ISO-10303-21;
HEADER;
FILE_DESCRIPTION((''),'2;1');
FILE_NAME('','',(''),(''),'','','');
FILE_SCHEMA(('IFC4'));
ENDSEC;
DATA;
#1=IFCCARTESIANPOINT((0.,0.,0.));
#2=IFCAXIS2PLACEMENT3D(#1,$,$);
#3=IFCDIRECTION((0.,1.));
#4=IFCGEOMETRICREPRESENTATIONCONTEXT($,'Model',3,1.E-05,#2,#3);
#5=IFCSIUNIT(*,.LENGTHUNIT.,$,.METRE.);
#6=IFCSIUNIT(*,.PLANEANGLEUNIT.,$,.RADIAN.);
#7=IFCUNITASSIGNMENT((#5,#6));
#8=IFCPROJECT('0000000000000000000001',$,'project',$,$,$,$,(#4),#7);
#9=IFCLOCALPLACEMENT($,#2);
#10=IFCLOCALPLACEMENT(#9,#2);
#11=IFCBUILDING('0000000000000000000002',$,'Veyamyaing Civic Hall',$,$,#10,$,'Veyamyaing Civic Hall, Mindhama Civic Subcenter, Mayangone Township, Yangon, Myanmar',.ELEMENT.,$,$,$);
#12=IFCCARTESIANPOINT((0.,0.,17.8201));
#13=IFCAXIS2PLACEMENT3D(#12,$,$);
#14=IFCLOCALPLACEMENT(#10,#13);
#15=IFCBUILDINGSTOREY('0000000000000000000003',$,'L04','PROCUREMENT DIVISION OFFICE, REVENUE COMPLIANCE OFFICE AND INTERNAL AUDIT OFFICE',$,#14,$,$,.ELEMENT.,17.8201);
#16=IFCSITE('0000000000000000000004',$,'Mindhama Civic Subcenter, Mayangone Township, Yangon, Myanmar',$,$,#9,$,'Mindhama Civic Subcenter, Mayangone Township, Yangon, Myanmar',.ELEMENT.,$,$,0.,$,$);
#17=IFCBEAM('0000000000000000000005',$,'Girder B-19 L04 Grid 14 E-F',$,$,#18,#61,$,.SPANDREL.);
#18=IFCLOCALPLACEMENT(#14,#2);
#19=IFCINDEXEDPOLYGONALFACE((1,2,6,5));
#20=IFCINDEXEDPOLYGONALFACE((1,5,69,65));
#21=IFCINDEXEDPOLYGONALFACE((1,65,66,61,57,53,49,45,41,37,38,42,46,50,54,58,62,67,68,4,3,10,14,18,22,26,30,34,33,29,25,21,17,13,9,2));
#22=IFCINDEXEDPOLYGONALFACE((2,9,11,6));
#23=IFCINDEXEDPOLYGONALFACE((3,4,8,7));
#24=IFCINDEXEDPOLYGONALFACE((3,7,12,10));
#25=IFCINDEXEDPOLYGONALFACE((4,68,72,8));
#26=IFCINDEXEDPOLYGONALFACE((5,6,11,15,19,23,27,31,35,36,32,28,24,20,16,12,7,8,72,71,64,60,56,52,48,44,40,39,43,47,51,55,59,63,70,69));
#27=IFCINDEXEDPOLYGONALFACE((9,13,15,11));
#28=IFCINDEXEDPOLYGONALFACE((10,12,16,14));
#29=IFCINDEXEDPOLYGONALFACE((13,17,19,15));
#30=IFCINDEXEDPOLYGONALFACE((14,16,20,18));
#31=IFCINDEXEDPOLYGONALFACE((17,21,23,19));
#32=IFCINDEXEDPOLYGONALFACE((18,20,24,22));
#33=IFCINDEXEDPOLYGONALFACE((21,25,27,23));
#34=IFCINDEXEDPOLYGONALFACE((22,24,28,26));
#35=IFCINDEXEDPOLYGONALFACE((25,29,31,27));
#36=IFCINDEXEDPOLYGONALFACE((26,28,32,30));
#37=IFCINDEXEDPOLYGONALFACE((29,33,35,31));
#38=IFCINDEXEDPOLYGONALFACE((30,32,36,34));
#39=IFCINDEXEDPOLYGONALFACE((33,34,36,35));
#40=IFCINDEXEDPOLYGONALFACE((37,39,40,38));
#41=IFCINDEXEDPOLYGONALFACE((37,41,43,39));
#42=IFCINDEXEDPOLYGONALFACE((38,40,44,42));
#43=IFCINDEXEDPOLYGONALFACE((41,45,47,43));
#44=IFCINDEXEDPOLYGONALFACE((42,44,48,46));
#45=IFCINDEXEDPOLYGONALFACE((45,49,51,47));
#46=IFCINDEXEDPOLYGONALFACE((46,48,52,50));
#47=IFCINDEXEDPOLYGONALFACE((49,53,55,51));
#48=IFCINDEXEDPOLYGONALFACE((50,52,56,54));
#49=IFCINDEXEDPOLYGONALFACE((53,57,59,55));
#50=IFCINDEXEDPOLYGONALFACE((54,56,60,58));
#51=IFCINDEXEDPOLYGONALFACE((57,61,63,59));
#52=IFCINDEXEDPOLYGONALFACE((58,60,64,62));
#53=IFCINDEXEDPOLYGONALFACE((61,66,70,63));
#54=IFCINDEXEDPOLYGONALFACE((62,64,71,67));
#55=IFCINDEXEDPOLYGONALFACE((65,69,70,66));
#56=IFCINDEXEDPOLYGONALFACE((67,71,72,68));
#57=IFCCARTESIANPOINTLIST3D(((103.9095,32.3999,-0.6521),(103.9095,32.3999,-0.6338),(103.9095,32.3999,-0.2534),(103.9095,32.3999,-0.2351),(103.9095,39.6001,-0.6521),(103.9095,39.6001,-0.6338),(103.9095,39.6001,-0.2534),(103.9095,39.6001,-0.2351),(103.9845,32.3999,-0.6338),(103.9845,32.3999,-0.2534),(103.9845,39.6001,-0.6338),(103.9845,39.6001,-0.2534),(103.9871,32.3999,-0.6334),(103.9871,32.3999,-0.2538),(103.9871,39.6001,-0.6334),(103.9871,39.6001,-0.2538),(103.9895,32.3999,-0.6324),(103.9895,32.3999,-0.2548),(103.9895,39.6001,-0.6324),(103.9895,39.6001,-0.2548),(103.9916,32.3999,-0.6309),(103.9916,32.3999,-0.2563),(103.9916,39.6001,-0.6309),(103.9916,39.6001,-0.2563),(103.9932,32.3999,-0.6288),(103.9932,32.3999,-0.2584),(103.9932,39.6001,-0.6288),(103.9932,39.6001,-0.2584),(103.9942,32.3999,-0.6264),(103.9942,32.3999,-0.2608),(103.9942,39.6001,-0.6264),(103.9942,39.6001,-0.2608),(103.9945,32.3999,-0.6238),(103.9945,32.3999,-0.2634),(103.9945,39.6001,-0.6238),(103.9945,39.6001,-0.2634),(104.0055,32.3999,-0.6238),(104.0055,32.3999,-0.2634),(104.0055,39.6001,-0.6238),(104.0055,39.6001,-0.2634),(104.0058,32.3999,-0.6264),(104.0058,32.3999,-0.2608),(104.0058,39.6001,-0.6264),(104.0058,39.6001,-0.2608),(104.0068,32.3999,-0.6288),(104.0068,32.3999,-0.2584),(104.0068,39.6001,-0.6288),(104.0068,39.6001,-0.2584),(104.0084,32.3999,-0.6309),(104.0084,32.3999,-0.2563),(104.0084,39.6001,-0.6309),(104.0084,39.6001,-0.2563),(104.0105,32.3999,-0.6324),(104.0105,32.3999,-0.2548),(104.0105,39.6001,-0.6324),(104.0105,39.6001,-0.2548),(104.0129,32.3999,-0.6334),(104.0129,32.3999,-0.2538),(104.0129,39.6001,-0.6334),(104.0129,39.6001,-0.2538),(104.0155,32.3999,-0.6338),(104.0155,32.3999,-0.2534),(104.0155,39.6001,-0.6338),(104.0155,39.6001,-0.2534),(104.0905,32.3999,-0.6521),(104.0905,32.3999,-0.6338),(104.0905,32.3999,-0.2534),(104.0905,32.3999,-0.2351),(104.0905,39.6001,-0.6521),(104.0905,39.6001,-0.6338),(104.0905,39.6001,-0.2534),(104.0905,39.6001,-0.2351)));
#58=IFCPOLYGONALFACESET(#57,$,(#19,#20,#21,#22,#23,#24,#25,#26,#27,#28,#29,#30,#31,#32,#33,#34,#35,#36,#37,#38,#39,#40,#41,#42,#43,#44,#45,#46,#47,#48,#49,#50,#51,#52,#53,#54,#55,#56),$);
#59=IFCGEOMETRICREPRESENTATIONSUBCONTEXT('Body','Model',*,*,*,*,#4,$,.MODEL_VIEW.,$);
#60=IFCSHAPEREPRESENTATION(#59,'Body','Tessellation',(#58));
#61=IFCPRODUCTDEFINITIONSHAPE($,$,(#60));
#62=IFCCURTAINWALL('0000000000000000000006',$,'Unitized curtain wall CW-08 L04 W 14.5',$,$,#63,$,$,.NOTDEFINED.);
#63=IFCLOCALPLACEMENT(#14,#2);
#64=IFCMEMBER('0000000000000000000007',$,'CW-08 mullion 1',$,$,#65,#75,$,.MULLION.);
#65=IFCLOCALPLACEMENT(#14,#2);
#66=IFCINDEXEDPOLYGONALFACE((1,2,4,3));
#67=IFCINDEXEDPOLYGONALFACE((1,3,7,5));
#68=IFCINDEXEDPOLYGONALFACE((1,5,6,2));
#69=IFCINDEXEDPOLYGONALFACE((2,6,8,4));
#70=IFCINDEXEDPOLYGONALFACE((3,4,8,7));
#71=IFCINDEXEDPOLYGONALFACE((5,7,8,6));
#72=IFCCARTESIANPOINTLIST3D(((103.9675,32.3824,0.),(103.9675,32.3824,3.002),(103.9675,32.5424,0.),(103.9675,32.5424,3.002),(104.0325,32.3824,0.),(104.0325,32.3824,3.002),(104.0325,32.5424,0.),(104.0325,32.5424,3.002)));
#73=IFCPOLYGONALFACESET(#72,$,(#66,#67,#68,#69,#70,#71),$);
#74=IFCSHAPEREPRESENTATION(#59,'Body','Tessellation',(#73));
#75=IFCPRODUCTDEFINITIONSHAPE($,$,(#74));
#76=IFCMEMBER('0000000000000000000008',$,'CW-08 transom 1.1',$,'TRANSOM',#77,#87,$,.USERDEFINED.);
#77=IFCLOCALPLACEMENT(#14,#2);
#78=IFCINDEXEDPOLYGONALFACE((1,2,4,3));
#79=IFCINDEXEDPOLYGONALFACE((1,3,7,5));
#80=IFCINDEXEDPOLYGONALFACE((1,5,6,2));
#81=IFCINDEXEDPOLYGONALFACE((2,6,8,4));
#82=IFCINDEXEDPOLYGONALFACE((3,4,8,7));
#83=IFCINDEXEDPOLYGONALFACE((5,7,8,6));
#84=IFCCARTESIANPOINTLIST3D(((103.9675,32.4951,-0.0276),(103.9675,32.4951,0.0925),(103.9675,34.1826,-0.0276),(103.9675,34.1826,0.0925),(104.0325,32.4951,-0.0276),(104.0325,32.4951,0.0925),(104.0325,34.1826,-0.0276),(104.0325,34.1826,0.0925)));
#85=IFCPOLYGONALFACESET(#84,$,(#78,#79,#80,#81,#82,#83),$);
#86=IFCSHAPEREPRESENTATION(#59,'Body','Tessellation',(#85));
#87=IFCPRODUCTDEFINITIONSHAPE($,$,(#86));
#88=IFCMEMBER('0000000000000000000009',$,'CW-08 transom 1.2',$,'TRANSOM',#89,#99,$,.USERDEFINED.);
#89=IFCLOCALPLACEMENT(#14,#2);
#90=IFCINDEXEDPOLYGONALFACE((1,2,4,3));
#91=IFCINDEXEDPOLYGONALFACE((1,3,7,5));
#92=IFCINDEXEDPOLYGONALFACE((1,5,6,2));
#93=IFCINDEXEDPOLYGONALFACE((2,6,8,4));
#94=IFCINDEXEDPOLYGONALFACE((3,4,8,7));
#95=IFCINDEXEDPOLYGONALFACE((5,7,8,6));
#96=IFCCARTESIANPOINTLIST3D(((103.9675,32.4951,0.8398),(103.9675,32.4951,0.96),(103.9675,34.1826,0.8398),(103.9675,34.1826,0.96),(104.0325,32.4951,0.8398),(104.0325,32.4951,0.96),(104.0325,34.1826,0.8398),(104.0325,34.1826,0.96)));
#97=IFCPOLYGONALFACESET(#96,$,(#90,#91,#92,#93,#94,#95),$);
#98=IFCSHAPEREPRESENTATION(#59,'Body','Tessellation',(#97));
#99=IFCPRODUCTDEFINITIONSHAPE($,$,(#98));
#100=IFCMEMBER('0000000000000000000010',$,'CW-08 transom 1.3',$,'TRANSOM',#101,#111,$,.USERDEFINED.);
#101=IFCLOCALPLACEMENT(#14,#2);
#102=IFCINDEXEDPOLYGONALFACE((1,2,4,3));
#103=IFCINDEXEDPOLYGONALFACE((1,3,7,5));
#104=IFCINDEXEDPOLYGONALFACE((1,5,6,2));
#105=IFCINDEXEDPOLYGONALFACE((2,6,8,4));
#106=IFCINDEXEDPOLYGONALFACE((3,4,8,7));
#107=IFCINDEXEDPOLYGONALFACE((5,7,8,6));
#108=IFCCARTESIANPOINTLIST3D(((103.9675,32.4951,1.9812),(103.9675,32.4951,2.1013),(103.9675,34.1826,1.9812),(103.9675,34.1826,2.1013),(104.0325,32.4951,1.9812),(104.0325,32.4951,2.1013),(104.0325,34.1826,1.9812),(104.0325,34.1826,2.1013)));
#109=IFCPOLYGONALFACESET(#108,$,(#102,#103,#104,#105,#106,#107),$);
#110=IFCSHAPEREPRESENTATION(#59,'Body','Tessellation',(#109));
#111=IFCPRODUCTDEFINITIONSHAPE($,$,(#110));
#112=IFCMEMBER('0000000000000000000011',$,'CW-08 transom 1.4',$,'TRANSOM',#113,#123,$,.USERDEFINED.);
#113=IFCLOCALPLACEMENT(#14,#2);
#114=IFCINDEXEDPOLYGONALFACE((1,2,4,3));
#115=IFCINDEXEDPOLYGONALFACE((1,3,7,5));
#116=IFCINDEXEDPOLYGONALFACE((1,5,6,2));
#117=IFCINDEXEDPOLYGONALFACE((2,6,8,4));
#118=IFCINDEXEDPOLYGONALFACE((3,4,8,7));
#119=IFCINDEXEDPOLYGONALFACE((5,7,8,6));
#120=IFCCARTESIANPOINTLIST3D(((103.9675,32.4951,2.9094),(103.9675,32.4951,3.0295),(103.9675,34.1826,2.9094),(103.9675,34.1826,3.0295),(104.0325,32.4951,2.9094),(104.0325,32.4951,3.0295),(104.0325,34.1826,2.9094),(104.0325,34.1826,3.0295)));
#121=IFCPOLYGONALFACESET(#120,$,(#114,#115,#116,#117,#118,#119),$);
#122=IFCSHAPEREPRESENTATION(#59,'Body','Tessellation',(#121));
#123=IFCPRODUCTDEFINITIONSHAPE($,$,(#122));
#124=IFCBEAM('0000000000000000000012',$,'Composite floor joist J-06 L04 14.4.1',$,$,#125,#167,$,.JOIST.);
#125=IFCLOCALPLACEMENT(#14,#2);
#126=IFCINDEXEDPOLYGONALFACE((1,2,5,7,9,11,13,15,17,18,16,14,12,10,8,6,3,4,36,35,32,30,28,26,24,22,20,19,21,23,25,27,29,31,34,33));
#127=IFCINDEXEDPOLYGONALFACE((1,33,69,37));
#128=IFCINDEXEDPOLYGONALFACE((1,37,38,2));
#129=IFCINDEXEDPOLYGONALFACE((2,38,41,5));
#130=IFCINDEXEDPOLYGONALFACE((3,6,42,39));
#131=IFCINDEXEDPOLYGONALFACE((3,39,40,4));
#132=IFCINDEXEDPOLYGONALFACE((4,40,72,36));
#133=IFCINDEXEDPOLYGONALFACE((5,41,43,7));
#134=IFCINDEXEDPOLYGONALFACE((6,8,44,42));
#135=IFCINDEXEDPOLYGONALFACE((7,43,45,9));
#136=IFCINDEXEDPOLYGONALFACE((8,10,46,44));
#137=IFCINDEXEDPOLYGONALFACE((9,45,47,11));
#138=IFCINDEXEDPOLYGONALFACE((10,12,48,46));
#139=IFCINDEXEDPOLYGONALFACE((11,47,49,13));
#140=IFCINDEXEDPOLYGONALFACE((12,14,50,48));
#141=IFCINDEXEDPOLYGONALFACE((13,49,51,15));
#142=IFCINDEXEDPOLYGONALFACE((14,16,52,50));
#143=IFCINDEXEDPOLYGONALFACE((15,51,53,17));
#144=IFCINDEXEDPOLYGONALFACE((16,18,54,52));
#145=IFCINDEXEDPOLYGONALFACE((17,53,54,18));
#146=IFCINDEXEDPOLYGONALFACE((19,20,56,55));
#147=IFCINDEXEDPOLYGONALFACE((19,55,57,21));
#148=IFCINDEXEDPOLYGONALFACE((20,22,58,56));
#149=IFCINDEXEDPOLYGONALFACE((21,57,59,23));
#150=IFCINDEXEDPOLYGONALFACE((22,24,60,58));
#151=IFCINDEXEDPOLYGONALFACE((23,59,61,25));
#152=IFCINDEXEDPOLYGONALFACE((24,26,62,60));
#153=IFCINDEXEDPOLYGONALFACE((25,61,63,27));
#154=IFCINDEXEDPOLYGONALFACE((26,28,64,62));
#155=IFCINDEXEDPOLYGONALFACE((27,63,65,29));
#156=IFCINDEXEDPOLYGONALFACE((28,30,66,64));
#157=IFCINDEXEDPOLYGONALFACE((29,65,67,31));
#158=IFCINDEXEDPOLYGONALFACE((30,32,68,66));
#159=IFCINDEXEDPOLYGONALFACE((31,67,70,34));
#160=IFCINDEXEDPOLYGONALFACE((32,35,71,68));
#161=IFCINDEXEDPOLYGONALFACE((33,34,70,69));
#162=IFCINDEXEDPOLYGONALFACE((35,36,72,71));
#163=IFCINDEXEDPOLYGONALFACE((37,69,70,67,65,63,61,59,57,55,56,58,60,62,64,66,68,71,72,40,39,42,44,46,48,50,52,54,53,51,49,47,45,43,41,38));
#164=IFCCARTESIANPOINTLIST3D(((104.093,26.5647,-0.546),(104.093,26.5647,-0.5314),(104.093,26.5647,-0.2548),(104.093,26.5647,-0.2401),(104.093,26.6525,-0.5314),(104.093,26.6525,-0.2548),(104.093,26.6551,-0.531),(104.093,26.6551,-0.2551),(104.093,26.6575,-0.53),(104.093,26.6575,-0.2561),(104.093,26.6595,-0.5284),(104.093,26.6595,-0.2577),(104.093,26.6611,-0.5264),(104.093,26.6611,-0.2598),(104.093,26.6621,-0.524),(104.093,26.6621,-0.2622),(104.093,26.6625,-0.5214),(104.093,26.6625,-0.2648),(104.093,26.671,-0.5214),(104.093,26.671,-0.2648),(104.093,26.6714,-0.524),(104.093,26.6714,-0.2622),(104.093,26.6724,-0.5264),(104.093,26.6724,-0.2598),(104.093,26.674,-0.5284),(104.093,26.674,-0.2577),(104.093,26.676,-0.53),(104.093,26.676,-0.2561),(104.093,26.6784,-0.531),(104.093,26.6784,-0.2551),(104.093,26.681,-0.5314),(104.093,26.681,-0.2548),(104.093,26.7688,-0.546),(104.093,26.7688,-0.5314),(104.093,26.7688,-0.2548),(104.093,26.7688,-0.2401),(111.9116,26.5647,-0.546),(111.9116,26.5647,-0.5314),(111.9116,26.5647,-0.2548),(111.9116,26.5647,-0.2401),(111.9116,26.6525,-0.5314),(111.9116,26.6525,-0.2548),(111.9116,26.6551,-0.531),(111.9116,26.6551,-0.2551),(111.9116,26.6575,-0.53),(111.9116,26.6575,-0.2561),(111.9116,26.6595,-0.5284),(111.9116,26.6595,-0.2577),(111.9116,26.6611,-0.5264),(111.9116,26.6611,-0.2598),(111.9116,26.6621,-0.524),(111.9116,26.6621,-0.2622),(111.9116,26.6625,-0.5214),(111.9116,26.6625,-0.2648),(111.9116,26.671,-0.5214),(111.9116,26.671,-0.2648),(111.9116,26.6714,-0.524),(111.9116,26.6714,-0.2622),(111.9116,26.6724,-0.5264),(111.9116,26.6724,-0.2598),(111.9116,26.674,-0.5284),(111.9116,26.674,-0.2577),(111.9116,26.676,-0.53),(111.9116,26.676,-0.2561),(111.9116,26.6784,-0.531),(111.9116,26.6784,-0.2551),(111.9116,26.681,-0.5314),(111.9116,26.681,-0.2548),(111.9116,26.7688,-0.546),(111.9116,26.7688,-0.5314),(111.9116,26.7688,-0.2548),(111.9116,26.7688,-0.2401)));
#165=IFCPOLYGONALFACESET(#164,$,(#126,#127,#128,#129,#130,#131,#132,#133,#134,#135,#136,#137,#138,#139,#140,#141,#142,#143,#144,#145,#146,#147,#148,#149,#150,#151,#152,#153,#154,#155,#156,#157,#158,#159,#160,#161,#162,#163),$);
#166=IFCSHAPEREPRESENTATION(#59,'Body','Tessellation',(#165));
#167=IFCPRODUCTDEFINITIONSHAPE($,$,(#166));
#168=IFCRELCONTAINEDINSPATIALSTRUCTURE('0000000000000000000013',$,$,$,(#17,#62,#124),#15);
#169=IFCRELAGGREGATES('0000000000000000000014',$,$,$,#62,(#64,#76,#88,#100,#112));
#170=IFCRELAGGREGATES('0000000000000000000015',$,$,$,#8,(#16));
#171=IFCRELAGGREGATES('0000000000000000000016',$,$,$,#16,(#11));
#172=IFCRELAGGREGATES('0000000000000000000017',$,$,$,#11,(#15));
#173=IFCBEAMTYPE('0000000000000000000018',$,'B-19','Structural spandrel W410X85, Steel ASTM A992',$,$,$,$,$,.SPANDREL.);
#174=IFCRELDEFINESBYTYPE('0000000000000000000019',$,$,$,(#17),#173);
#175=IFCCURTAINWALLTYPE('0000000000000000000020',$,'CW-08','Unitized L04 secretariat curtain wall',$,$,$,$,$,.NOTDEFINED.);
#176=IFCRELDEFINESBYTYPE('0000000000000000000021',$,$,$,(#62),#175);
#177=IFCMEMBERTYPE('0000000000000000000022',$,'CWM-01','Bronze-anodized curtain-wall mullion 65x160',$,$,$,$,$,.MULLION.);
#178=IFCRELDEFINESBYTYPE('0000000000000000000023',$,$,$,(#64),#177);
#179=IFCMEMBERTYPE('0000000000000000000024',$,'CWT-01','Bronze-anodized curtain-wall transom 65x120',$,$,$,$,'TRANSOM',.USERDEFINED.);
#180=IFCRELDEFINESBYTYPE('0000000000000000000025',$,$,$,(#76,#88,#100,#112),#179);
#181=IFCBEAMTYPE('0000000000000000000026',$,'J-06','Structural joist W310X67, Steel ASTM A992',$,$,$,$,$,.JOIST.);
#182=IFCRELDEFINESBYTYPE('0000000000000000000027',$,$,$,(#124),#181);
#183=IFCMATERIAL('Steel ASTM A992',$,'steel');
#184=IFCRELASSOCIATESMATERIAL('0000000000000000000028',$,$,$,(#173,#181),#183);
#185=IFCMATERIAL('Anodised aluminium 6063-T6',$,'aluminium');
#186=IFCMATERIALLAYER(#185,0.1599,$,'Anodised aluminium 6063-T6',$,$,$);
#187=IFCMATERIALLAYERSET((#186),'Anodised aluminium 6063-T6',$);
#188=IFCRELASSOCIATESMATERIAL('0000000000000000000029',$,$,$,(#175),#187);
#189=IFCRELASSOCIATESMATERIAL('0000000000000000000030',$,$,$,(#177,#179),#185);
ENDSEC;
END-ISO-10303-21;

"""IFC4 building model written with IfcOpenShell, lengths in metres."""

from ifc_helpers import new_model, si_unit, direction, frame, origin, origin_2d, place, context, subcontext, project, spatial, rectangle, i_section, extrude, material, layer, layer_set, material_profile, profile_set, type_object, element, aggregate, save


model = new_model("IFC4")

# Units and contexts
model_context = context("Model", 3, precision=1e-05, world=origin(), true_north=direction((0.0, 1.0)))
body_context = subcontext(model_context, "Body", "Model", "MODEL_VIEW")
ifc_project = project(units=[si_unit("LENGTHUNIT", "METRE"), si_unit("PLANEANGLEUNIT", "RADIAN")], contexts=[model_context])

# Site, building, storey
site_placement = place(None, origin())
site = spatial("IfcSite", under=ifc_project, at=site_placement, Name="Mindhama Civic Subcenter, Mayangone Township, Yangon, Myanmar", LongName="Mindhama Civic Subcenter, Mayangone Township, Yangon, Myanmar", CompositionType="ELEMENT", RefElevation=0.0)
building_placement = place(site_placement, origin())
building = spatial("IfcBuilding", under=site, at=building_placement, Name="Veyamyaing Civic Hall", LongName="Veyamyaing Civic Hall, Mindhama Civic Subcenter, Mayangone Township, Yangon, Myanmar", CompositionType="ELEMENT")
storey_placement = place(building_placement, frame((0.0, 0.0, 17.8201)))
storey = spatial("IfcBuildingStorey", under=building, at=storey_placement, Name="L04", Description="PROCUREMENT DIVISION OFFICE, REVENUE COMPLIANCE OFFICE AND INTERNAL AUDIT OFFICE", CompositionType="ELEMENT", Elevation=17.8201)

# Beam
ifc_material_1 = material(Name="Steel ASTM A992", Category="steel")
ifc_material_profile_1 = material_profile(ifc_material_1, i_section(OverallWidth=0.1809, OverallDepth=0.417, WebThickness=0.011, FlangeThickness=0.0183, FilletRadius=0.01, at=origin_2d()), Name="W410X85")
ifc_profile_set_1 = profile_set([ifc_material_profile_1], Name="Steel ASTM A992")
beam_type_1 = type_object("IfcBeamType", Name="B-19", Description="Structural spandrel W410X85, Steel ASTM A992", PredefinedType="SPANDREL", material=ifc_profile_set_1)
beam_1_placement = place(storey_placement, frame((104.0, 32.3999, -0.4436), z_axis=(0.0, 1.0, 0.0), x_axis=(-1.0, 0.0, 0.0)))
element("IfcBeam", 1, at=beam_1_placement, inside=storey, type_object=beam_type_1, Name="Girder B-19 L04 Grid 14 E-F", PredefinedType="SPANDREL", context=body_context, shape_type="SweptSolid", body=[
    extrude(i_section(OverallWidth=0.1809, OverallDepth=0.417, WebThickness=0.011, FlangeThickness=0.0183, FilletRadius=0.01, at=origin_2d()), origin(), (0.0, 0.0, 1.0), 7.2002),
])

# Curtain wall, members
ifc_material_2 = material(Name="Anodised aluminium 6063-T6", Category="aluminium")
ifc_layer_1 = layer(ifc_material_2, 0.1599, Name="Anodised aluminium 6063-T6")
ifc_layer_set_1 = layer_set([ifc_layer_1], Name="Anodised aluminium 6063-T6")
curtain_wall_type = type_object("IfcCurtainWallType", Name="CW-08", Description="Unitized L04 secretariat curtain wall", PredefinedType="NOTDEFINED", material=ifc_layer_set_1)
curtain_wall_placement = place(storey_placement, origin())
curtain_wall = element("IfcCurtainWall", 2, at=curtain_wall_placement, inside=storey, type_object=curtain_wall_type, Name="Unitized curtain wall CW-08 L04 W 14.5", PredefinedType="NOTDEFINED")
ifc_material_profile_2 = material_profile(ifc_material_2, rectangle(XDim=0.0649, YDim=0.1599, at=origin_2d()), Name="ALU-MUL-65X160")
ifc_profile_set_2 = profile_set([ifc_material_profile_2], Name="Anodised aluminium 6063-T6")
member_type_1 = type_object("IfcMemberType", Name="CWM-01", Description="Bronze-anodized curtain-wall mullion 65x160", PredefinedType="MULLION", material=ifc_profile_set_2)
member_1_placement = place(storey_placement, frame((104.0, 32.4624, 0.0), z_axis=(0.0, 0.0, 1.0), x_axis=(-1.0, 0.0, 0.0)))
member_1 = element("IfcMember", 3, at=member_1_placement, type_object=member_type_1, Name="CW-08 mullion 1", PredefinedType="MULLION", context=body_context, shape_type="SweptSolid", body=[
    extrude(rectangle(XDim=0.0649, YDim=0.1599, at=origin_2d()), origin(), (0.0, 0.0, 1.0), 3.002),
])
ifc_material_profile_3 = material_profile(ifc_material_2, rectangle(XDim=0.0649, YDim=0.1201, at=origin_2d()), Name="ALU-TRN-65X120")
ifc_profile_set_3 = profile_set([ifc_material_profile_3], Name="Anodised aluminium 6063-T6")
member_type_2 = type_object("IfcMemberType", Name="CWT-01", Description="Bronze-anodized curtain-wall transom 65x120", ElementType="TRANSOM", PredefinedType="USERDEFINED", material=ifc_profile_set_3)
member_2_placement = place(storey_placement, frame((104.0, 32.4951, 0.0325), z_axis=(0.0, 1.0, 0.0), x_axis=(-1.0, 0.0, 0.0)))
member_2 = element("IfcMember", 4, at=member_2_placement, type_object=member_type_2, Name="CW-08 transom 1.1", ObjectType="TRANSOM", PredefinedType="USERDEFINED", context=body_context, shape_type="SweptSolid", body=[
    extrude(rectangle(XDim=0.0649, YDim=0.1201, at=origin_2d()), origin(), (0.0, 0.0, 1.0), 1.6875),
])
member_3_placement = place(storey_placement, frame((104.0, 32.4951, 0.8999), z_axis=(0.0, 1.0, 0.0), x_axis=(-1.0, 0.0, 0.0)))
member_3 = element("IfcMember", 5, at=member_3_placement, type_object=member_type_2, Name="CW-08 transom 1.2", ObjectType="TRANSOM", PredefinedType="USERDEFINED", context=body_context, shape_type="SweptSolid", body=[
    extrude(rectangle(XDim=0.0649, YDim=0.1201, at=origin_2d()), origin(), (0.0, 0.0, 1.0), 1.6875),
])
member_4_placement = place(storey_placement, frame((104.0, 32.4951, 2.0413), z_axis=(0.0, 1.0, 0.0), x_axis=(-1.0, 0.0, 0.0)))
member_4 = element("IfcMember", 6, at=member_4_placement, type_object=member_type_2, Name="CW-08 transom 1.3", ObjectType="TRANSOM", PredefinedType="USERDEFINED", context=body_context, shape_type="SweptSolid", body=[
    extrude(rectangle(XDim=0.0649, YDim=0.1201, at=origin_2d()), origin(), (0.0, 0.0, 1.0), 1.6875),
])
member_5_placement = place(storey_placement, frame((104.0, 32.4951, 2.9695), z_axis=(0.0, 1.0, 0.0), x_axis=(-1.0, 0.0, 0.0)))
member_5 = element("IfcMember", 7, at=member_5_placement, type_object=member_type_2, Name="CW-08 transom 1.4", ObjectType="TRANSOM", PredefinedType="USERDEFINED", context=body_context, shape_type="SweptSolid", body=[
    extrude(rectangle(XDim=0.0649, YDim=0.1201, at=origin_2d()), origin(), (0.0, 0.0, 1.0), 1.6875),
])

# Beam
ifc_material_profile_4 = material_profile(ifc_material_1, i_section(OverallWidth=0.2041, OverallDepth=0.3059, WebThickness=0.0085, FlangeThickness=0.0146, FilletRadius=0.01, at=origin_2d()), Name="W310X67")
ifc_profile_set_4 = profile_set([ifc_material_profile_4], Name="Steel ASTM A992")
beam_type_2 = type_object("IfcBeamType", Name="J-06", Description="Structural joist W310X67, Steel ASTM A992", PredefinedType="JOIST", material=ifc_profile_set_4)
for number, where, z_axis, x_axis, name in (
    (8, (104.093, 26.6667, -0.3931), (1.0, 0.0, 0.0), (0.0, 1.0, 0.0), "Composite floor joist J-06 L04 14.4.1"),
):
    element("IfcBeam", number, at=place(storey_placement, frame(where, z_axis=z_axis, x_axis=x_axis)), inside=storey, type_object=beam_type_2, Name=name, PredefinedType="JOIST", context=body_context, shape_type="SweptSolid", body=[
        extrude(i_section(OverallWidth=0.2041, OverallDepth=0.3059, WebThickness=0.0085, FlangeThickness=0.0146, FilletRadius=0.01, at=origin_2d()), origin(), (0.0, 0.0, 1.0), 7.8186),
    ])

aggregate(curtain_wall, [member_1, member_2, member_3, member_4, member_5])

save(model, "model.ifc")
